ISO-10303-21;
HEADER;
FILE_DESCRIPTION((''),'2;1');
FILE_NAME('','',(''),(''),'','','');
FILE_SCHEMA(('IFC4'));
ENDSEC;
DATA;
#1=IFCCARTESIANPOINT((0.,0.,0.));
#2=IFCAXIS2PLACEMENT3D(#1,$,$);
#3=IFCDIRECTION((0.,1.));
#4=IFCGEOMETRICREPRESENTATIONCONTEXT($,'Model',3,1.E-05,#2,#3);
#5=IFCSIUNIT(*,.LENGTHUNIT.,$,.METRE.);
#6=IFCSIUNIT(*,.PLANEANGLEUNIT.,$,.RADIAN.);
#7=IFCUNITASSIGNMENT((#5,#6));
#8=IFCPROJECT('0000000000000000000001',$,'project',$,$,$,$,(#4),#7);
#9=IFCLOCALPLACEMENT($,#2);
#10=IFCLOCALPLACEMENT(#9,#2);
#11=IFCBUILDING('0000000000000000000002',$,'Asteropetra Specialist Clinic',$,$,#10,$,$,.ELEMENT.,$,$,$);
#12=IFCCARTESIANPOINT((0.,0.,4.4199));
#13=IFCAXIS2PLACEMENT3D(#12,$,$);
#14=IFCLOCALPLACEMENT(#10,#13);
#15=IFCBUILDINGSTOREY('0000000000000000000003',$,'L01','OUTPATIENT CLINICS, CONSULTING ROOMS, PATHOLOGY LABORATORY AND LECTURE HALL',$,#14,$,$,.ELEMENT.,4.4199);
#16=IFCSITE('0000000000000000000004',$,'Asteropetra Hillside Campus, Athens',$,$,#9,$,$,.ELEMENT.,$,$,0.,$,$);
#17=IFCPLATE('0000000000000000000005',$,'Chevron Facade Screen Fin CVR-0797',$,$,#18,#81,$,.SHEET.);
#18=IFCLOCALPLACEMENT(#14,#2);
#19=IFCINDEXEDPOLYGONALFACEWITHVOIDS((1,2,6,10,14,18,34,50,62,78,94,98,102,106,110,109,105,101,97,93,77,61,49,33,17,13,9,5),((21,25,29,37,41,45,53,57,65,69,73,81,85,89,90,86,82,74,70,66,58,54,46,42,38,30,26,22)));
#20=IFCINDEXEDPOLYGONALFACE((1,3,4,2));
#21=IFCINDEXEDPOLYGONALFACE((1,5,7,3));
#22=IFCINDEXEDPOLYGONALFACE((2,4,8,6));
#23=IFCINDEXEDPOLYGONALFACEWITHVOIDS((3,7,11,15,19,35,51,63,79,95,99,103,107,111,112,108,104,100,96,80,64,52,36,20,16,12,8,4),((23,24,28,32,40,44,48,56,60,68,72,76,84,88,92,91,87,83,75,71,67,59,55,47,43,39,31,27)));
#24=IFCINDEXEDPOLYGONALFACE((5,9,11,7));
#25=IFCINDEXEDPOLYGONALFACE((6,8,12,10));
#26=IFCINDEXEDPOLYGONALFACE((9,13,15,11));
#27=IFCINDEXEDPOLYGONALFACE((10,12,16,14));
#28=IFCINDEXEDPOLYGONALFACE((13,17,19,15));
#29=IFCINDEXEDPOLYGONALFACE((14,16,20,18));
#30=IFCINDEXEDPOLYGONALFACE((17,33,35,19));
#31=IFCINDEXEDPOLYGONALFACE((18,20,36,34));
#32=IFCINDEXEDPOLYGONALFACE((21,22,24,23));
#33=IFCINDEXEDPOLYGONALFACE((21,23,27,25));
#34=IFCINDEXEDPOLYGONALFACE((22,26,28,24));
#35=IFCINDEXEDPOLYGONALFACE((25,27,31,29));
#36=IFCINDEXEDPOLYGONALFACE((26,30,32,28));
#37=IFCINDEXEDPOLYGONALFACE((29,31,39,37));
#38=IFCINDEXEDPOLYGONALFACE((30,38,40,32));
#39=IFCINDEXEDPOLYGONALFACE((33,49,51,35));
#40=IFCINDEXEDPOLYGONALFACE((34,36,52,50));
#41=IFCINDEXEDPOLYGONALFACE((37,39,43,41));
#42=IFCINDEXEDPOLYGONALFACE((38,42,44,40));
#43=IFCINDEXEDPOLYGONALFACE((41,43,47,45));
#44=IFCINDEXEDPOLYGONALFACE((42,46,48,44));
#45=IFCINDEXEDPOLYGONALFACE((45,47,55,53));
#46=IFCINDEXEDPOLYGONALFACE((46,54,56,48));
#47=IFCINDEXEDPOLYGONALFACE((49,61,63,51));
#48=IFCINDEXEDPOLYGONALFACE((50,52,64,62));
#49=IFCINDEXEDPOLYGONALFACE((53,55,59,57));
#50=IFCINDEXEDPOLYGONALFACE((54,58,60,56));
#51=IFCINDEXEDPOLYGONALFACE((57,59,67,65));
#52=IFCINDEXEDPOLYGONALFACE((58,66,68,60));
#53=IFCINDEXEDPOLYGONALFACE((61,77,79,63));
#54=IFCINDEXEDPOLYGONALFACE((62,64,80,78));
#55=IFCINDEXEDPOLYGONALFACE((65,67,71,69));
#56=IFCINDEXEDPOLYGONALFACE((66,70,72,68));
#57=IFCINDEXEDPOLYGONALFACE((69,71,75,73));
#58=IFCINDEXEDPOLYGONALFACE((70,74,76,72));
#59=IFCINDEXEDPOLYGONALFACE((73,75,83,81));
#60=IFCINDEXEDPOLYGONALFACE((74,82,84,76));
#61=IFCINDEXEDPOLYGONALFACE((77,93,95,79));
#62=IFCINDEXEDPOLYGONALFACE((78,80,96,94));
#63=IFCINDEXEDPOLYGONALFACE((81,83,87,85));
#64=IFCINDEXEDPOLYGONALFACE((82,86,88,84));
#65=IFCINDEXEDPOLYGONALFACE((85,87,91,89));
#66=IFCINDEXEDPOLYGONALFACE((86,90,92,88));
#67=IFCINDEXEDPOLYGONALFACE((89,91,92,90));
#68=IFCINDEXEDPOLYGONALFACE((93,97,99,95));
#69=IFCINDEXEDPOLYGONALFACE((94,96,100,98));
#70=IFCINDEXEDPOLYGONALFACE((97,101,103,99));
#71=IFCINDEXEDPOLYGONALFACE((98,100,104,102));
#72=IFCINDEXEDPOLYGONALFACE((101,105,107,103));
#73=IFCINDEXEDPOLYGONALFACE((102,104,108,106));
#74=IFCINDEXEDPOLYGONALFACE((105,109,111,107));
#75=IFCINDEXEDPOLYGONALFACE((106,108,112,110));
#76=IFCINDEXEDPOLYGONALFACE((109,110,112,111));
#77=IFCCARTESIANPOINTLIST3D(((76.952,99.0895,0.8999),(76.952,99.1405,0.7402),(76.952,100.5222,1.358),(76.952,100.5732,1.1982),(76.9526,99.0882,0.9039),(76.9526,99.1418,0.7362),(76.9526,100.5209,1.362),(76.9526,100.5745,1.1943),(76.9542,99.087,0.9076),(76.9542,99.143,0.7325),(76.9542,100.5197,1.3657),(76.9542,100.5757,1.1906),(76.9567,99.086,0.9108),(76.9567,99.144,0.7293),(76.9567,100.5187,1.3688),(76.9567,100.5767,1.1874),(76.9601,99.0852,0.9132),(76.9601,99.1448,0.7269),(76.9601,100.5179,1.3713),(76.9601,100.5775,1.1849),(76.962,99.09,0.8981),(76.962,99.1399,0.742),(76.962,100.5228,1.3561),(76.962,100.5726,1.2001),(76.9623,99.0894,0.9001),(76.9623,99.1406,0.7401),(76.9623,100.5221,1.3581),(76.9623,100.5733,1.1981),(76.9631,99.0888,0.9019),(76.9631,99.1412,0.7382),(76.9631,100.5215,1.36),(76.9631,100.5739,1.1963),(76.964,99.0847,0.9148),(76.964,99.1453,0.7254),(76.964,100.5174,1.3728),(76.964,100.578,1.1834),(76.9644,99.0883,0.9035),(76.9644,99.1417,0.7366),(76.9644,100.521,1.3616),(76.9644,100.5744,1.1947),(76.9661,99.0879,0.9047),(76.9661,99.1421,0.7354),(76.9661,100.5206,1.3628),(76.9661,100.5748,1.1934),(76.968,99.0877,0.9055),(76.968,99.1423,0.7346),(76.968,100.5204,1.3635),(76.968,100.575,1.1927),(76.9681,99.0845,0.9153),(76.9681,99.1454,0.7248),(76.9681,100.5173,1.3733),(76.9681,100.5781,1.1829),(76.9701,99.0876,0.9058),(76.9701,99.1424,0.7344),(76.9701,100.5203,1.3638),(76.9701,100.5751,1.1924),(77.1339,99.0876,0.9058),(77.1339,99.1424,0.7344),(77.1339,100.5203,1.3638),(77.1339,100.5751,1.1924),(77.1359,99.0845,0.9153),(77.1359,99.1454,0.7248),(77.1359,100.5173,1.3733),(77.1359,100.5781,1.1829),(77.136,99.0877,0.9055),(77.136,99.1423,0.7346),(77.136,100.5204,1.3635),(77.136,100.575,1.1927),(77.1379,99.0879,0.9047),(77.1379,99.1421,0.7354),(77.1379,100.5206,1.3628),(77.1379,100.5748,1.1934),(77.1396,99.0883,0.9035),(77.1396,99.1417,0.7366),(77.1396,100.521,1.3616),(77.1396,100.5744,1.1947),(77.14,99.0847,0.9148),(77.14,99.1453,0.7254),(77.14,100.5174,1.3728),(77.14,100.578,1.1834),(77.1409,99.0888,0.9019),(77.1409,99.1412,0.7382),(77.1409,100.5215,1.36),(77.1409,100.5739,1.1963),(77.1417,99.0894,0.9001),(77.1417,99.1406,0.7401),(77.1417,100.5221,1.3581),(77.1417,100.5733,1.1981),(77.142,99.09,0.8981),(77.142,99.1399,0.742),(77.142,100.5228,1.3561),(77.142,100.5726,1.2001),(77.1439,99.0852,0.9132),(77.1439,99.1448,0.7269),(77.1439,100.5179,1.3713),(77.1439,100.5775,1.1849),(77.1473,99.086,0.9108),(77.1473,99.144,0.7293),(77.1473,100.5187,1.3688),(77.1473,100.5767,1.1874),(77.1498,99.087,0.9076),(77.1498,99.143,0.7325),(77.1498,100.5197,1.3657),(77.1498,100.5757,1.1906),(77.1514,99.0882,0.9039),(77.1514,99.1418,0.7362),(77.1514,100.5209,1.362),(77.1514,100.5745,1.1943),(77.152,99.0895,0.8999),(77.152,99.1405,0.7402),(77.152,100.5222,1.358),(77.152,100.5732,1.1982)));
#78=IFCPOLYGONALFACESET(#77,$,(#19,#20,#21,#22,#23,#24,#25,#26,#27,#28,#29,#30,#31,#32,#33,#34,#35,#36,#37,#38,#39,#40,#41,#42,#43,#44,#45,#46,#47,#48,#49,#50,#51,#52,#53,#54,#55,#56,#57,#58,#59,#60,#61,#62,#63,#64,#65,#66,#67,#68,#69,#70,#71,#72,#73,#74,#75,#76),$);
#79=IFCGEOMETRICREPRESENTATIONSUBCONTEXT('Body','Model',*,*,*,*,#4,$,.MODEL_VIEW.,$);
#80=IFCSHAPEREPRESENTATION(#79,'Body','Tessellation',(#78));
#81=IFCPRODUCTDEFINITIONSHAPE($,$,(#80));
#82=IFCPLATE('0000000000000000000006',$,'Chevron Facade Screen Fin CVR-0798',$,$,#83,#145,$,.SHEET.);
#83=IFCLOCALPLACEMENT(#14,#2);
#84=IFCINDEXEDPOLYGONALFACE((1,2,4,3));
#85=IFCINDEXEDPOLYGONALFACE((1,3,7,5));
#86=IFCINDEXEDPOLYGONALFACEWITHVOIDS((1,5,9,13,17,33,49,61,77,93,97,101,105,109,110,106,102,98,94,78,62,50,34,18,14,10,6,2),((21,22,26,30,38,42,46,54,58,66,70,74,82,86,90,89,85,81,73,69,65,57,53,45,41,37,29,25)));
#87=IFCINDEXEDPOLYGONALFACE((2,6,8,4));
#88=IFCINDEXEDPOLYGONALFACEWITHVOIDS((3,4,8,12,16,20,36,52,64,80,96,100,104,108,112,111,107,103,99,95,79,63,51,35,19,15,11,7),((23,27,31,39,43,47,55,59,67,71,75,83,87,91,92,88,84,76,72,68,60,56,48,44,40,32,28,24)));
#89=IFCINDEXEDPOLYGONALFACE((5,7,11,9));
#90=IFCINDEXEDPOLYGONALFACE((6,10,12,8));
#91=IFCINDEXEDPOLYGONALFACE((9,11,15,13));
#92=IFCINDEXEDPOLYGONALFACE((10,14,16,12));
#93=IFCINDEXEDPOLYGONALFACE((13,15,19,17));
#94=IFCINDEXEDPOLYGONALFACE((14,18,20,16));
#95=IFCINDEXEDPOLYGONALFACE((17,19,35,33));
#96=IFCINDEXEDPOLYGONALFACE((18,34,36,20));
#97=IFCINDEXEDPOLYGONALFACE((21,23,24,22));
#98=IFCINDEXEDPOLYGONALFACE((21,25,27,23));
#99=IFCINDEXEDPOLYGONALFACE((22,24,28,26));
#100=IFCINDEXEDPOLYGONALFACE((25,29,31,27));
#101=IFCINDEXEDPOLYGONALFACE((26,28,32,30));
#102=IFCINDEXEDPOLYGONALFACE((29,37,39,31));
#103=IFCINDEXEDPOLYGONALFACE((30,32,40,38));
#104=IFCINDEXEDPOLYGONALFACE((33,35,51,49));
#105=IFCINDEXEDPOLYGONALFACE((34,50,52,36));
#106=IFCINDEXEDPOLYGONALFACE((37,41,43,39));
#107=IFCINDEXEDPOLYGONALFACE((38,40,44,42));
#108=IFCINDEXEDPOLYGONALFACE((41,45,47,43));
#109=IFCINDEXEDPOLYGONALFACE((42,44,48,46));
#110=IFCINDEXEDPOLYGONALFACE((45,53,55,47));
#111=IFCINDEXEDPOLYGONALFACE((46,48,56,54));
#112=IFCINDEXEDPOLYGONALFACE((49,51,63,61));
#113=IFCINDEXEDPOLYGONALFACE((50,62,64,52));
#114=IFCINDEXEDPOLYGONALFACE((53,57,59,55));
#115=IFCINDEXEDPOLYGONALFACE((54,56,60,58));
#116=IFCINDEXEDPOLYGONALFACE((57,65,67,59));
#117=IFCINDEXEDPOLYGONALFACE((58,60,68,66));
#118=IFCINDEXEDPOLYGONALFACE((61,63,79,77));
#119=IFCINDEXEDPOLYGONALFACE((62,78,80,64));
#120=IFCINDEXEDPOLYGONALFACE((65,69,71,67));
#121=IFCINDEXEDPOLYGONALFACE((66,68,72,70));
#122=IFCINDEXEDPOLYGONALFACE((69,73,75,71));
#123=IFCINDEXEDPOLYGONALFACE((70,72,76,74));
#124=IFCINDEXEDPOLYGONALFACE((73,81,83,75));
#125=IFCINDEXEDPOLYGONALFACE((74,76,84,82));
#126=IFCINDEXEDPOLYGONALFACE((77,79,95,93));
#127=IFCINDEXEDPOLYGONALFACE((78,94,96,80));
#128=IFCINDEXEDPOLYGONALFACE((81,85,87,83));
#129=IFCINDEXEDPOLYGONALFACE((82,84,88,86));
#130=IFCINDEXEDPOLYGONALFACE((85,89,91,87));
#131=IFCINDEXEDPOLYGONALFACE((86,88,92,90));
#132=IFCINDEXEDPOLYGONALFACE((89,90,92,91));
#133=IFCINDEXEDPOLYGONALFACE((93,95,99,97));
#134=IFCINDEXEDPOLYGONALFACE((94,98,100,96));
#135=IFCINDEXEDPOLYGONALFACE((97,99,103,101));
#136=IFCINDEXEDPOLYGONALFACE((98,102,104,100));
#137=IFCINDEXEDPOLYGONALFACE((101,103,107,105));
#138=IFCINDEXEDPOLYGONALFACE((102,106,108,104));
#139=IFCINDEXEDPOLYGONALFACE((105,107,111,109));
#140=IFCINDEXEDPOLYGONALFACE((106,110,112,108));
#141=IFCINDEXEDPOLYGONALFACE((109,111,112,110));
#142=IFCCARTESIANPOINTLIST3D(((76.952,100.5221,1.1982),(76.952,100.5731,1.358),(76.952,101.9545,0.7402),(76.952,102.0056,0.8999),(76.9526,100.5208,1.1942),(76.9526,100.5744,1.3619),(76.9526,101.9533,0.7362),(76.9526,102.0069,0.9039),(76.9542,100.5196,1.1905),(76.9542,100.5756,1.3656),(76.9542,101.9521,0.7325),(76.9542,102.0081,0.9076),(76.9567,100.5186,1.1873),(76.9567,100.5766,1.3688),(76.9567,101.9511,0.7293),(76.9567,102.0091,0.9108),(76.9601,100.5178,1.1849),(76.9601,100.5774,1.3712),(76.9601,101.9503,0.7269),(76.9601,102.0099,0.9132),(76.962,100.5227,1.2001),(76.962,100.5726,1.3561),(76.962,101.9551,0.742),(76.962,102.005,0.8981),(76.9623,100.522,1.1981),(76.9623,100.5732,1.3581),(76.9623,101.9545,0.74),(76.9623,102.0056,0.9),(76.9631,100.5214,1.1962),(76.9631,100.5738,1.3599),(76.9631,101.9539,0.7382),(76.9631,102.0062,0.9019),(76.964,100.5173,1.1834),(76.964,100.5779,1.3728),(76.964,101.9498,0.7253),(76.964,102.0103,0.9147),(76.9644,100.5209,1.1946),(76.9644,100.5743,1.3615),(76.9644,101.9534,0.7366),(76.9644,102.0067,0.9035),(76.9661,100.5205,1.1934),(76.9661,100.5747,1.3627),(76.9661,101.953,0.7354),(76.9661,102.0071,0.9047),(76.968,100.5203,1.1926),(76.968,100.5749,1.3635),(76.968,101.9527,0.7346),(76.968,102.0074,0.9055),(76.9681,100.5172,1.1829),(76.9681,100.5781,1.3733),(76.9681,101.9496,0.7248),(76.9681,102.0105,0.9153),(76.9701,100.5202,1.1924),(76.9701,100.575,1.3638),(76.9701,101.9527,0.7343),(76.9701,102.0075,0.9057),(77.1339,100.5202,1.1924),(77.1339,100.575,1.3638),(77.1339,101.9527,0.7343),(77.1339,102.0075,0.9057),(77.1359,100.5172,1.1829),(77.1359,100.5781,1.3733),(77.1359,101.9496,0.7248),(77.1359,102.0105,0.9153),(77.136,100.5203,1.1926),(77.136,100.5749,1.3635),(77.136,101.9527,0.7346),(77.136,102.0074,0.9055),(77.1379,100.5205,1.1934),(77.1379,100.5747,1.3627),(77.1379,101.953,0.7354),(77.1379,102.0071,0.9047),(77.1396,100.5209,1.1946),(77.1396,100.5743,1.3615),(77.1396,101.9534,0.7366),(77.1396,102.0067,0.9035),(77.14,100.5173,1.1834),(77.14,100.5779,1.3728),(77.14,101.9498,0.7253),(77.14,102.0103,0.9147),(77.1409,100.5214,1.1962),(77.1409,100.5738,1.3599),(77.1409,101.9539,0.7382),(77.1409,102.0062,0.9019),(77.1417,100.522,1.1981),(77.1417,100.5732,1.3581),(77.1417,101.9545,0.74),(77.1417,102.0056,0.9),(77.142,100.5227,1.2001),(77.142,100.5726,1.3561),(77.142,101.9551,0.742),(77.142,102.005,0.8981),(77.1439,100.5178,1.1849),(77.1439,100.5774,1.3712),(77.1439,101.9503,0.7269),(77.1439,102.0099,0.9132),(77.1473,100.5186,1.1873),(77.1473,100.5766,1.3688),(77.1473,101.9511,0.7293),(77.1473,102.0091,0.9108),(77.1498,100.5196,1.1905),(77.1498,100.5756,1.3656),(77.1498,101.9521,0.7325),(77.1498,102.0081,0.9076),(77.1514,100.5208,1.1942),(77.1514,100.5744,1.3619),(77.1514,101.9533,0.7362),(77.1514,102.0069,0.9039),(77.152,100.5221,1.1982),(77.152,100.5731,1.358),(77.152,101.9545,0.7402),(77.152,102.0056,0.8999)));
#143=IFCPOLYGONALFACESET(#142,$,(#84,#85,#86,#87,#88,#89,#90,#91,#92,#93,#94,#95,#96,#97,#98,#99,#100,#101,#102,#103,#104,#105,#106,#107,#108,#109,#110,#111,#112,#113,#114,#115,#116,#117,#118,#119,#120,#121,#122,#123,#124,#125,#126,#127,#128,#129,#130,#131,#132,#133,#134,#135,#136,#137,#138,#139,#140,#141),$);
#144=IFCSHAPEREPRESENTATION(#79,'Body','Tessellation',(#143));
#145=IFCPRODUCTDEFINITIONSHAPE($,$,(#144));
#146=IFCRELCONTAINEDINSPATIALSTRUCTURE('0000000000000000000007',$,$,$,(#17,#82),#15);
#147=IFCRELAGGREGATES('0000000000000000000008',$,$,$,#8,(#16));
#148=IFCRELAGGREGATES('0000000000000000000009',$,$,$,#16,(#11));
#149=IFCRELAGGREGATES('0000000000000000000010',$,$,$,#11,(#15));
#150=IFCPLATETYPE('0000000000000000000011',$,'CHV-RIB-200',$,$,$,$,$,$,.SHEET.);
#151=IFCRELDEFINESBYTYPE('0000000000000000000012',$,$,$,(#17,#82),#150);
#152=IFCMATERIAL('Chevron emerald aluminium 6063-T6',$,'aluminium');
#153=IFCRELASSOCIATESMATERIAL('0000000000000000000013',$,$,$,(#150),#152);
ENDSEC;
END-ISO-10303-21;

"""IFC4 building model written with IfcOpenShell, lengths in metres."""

from ifc_helpers import new_model, si_unit, direction, frame, origin, origin_2d, place, context, subcontext, project, spatial, hollow_rectangle, extrude, material, material_profile, profile_set, type_object, element, save


model = new_model("IFC4")

# Units and contexts
model_context = context("Model", 3, precision=1e-05, world=origin(), true_north=direction((0.0, 1.0)))
body_context = subcontext(model_context, "Body", "Model", "MODEL_VIEW")
ifc_project = project(units=[si_unit("LENGTHUNIT", "METRE"), si_unit("PLANEANGLEUNIT", "RADIAN")], contexts=[model_context])

# Site, building, storey
site_placement = place(None, origin())
site = spatial("IfcSite", under=ifc_project, at=site_placement, Name="Asteropetra Hillside Campus, Athens", CompositionType="ELEMENT", RefElevation=0.0)
building_placement = place(site_placement, origin())
building = spatial("IfcBuilding", under=site, at=building_placement, Name="Asteropetra Specialist Clinic", CompositionType="ELEMENT")
storey_placement = place(building_placement, frame((0.0, 0.0, 4.4199)))
storey = spatial("IfcBuildingStorey", under=building, at=storey_placement, Name="L01", Description="OUTPATIENT CLINICS, CONSULTING ROOMS, PATHOLOGY LABORATORY AND LECTURE HALL", CompositionType="ELEMENT", Elevation=4.4199)

# Plates
ifc_material_1 = material(Name="Chevron emerald aluminium 6063-T6", Category="aluminium")
ifc_material_profile = material_profile(ifc_material_1, hollow_rectangle(XDim=0.2, YDim=0.2, WallThickness=0.01, InnerFilletRadius=0.0081, OuterFilletRadius=0.0161, at=origin_2d()), Name="SHS 200x200x10.0")
ifc_profile_set = profile_set([ifc_material_profile], Name="Chevron emerald aluminium 6063-T6")
plate_type_1 = type_object("IfcPlateType", Name="CHV-RIB-200", PredefinedType="SHEET", material=ifc_profile_set)
plate_1_placement = place(storey_placement, frame((77.052, 99.115, 0.8201), z_axis=(0.0, 0.952507, 0.304517), x_axis=(-1.0, 0.0, 0.0)))
element("IfcPlate", 1, at=plate_1_placement, inside=storey, type_object=plate_type_1, Name="Chevron Facade Screen Fin CVR-0797", PredefinedType="SHEET", context=body_context, shape_type="SweptSolid", body=[
    extrude(hollow_rectangle(XDim=0.2, YDim=0.2, WallThickness=0.01, InnerFilletRadius=0.0081, OuterFilletRadius=0.0161, at=origin_2d()), origin(), (0.0, 0.0, 1.0), 1.5042),
])
plate_2_placement = place(storey_placement, frame((77.052, 100.5476, 1.2781), z_axis=(0.0, 0.952492, -0.304564), x_axis=(-1.0, 0.0, 0.0)))
element("IfcPlate", 2, at=plate_2_placement, inside=storey, type_object=plate_type_1, Name="Chevron Facade Screen Fin CVR-0798", PredefinedType="SHEET", context=body_context, shape_type="SweptSolid", body=[
    extrude(hollow_rectangle(XDim=0.2, YDim=0.2, WallThickness=0.01, InnerFilletRadius=0.0081, OuterFilletRadius=0.0161, at=origin_2d()), origin(), (0.0, 0.0, 1.0), 1.5039),
])

save(model, "model.ifc")
